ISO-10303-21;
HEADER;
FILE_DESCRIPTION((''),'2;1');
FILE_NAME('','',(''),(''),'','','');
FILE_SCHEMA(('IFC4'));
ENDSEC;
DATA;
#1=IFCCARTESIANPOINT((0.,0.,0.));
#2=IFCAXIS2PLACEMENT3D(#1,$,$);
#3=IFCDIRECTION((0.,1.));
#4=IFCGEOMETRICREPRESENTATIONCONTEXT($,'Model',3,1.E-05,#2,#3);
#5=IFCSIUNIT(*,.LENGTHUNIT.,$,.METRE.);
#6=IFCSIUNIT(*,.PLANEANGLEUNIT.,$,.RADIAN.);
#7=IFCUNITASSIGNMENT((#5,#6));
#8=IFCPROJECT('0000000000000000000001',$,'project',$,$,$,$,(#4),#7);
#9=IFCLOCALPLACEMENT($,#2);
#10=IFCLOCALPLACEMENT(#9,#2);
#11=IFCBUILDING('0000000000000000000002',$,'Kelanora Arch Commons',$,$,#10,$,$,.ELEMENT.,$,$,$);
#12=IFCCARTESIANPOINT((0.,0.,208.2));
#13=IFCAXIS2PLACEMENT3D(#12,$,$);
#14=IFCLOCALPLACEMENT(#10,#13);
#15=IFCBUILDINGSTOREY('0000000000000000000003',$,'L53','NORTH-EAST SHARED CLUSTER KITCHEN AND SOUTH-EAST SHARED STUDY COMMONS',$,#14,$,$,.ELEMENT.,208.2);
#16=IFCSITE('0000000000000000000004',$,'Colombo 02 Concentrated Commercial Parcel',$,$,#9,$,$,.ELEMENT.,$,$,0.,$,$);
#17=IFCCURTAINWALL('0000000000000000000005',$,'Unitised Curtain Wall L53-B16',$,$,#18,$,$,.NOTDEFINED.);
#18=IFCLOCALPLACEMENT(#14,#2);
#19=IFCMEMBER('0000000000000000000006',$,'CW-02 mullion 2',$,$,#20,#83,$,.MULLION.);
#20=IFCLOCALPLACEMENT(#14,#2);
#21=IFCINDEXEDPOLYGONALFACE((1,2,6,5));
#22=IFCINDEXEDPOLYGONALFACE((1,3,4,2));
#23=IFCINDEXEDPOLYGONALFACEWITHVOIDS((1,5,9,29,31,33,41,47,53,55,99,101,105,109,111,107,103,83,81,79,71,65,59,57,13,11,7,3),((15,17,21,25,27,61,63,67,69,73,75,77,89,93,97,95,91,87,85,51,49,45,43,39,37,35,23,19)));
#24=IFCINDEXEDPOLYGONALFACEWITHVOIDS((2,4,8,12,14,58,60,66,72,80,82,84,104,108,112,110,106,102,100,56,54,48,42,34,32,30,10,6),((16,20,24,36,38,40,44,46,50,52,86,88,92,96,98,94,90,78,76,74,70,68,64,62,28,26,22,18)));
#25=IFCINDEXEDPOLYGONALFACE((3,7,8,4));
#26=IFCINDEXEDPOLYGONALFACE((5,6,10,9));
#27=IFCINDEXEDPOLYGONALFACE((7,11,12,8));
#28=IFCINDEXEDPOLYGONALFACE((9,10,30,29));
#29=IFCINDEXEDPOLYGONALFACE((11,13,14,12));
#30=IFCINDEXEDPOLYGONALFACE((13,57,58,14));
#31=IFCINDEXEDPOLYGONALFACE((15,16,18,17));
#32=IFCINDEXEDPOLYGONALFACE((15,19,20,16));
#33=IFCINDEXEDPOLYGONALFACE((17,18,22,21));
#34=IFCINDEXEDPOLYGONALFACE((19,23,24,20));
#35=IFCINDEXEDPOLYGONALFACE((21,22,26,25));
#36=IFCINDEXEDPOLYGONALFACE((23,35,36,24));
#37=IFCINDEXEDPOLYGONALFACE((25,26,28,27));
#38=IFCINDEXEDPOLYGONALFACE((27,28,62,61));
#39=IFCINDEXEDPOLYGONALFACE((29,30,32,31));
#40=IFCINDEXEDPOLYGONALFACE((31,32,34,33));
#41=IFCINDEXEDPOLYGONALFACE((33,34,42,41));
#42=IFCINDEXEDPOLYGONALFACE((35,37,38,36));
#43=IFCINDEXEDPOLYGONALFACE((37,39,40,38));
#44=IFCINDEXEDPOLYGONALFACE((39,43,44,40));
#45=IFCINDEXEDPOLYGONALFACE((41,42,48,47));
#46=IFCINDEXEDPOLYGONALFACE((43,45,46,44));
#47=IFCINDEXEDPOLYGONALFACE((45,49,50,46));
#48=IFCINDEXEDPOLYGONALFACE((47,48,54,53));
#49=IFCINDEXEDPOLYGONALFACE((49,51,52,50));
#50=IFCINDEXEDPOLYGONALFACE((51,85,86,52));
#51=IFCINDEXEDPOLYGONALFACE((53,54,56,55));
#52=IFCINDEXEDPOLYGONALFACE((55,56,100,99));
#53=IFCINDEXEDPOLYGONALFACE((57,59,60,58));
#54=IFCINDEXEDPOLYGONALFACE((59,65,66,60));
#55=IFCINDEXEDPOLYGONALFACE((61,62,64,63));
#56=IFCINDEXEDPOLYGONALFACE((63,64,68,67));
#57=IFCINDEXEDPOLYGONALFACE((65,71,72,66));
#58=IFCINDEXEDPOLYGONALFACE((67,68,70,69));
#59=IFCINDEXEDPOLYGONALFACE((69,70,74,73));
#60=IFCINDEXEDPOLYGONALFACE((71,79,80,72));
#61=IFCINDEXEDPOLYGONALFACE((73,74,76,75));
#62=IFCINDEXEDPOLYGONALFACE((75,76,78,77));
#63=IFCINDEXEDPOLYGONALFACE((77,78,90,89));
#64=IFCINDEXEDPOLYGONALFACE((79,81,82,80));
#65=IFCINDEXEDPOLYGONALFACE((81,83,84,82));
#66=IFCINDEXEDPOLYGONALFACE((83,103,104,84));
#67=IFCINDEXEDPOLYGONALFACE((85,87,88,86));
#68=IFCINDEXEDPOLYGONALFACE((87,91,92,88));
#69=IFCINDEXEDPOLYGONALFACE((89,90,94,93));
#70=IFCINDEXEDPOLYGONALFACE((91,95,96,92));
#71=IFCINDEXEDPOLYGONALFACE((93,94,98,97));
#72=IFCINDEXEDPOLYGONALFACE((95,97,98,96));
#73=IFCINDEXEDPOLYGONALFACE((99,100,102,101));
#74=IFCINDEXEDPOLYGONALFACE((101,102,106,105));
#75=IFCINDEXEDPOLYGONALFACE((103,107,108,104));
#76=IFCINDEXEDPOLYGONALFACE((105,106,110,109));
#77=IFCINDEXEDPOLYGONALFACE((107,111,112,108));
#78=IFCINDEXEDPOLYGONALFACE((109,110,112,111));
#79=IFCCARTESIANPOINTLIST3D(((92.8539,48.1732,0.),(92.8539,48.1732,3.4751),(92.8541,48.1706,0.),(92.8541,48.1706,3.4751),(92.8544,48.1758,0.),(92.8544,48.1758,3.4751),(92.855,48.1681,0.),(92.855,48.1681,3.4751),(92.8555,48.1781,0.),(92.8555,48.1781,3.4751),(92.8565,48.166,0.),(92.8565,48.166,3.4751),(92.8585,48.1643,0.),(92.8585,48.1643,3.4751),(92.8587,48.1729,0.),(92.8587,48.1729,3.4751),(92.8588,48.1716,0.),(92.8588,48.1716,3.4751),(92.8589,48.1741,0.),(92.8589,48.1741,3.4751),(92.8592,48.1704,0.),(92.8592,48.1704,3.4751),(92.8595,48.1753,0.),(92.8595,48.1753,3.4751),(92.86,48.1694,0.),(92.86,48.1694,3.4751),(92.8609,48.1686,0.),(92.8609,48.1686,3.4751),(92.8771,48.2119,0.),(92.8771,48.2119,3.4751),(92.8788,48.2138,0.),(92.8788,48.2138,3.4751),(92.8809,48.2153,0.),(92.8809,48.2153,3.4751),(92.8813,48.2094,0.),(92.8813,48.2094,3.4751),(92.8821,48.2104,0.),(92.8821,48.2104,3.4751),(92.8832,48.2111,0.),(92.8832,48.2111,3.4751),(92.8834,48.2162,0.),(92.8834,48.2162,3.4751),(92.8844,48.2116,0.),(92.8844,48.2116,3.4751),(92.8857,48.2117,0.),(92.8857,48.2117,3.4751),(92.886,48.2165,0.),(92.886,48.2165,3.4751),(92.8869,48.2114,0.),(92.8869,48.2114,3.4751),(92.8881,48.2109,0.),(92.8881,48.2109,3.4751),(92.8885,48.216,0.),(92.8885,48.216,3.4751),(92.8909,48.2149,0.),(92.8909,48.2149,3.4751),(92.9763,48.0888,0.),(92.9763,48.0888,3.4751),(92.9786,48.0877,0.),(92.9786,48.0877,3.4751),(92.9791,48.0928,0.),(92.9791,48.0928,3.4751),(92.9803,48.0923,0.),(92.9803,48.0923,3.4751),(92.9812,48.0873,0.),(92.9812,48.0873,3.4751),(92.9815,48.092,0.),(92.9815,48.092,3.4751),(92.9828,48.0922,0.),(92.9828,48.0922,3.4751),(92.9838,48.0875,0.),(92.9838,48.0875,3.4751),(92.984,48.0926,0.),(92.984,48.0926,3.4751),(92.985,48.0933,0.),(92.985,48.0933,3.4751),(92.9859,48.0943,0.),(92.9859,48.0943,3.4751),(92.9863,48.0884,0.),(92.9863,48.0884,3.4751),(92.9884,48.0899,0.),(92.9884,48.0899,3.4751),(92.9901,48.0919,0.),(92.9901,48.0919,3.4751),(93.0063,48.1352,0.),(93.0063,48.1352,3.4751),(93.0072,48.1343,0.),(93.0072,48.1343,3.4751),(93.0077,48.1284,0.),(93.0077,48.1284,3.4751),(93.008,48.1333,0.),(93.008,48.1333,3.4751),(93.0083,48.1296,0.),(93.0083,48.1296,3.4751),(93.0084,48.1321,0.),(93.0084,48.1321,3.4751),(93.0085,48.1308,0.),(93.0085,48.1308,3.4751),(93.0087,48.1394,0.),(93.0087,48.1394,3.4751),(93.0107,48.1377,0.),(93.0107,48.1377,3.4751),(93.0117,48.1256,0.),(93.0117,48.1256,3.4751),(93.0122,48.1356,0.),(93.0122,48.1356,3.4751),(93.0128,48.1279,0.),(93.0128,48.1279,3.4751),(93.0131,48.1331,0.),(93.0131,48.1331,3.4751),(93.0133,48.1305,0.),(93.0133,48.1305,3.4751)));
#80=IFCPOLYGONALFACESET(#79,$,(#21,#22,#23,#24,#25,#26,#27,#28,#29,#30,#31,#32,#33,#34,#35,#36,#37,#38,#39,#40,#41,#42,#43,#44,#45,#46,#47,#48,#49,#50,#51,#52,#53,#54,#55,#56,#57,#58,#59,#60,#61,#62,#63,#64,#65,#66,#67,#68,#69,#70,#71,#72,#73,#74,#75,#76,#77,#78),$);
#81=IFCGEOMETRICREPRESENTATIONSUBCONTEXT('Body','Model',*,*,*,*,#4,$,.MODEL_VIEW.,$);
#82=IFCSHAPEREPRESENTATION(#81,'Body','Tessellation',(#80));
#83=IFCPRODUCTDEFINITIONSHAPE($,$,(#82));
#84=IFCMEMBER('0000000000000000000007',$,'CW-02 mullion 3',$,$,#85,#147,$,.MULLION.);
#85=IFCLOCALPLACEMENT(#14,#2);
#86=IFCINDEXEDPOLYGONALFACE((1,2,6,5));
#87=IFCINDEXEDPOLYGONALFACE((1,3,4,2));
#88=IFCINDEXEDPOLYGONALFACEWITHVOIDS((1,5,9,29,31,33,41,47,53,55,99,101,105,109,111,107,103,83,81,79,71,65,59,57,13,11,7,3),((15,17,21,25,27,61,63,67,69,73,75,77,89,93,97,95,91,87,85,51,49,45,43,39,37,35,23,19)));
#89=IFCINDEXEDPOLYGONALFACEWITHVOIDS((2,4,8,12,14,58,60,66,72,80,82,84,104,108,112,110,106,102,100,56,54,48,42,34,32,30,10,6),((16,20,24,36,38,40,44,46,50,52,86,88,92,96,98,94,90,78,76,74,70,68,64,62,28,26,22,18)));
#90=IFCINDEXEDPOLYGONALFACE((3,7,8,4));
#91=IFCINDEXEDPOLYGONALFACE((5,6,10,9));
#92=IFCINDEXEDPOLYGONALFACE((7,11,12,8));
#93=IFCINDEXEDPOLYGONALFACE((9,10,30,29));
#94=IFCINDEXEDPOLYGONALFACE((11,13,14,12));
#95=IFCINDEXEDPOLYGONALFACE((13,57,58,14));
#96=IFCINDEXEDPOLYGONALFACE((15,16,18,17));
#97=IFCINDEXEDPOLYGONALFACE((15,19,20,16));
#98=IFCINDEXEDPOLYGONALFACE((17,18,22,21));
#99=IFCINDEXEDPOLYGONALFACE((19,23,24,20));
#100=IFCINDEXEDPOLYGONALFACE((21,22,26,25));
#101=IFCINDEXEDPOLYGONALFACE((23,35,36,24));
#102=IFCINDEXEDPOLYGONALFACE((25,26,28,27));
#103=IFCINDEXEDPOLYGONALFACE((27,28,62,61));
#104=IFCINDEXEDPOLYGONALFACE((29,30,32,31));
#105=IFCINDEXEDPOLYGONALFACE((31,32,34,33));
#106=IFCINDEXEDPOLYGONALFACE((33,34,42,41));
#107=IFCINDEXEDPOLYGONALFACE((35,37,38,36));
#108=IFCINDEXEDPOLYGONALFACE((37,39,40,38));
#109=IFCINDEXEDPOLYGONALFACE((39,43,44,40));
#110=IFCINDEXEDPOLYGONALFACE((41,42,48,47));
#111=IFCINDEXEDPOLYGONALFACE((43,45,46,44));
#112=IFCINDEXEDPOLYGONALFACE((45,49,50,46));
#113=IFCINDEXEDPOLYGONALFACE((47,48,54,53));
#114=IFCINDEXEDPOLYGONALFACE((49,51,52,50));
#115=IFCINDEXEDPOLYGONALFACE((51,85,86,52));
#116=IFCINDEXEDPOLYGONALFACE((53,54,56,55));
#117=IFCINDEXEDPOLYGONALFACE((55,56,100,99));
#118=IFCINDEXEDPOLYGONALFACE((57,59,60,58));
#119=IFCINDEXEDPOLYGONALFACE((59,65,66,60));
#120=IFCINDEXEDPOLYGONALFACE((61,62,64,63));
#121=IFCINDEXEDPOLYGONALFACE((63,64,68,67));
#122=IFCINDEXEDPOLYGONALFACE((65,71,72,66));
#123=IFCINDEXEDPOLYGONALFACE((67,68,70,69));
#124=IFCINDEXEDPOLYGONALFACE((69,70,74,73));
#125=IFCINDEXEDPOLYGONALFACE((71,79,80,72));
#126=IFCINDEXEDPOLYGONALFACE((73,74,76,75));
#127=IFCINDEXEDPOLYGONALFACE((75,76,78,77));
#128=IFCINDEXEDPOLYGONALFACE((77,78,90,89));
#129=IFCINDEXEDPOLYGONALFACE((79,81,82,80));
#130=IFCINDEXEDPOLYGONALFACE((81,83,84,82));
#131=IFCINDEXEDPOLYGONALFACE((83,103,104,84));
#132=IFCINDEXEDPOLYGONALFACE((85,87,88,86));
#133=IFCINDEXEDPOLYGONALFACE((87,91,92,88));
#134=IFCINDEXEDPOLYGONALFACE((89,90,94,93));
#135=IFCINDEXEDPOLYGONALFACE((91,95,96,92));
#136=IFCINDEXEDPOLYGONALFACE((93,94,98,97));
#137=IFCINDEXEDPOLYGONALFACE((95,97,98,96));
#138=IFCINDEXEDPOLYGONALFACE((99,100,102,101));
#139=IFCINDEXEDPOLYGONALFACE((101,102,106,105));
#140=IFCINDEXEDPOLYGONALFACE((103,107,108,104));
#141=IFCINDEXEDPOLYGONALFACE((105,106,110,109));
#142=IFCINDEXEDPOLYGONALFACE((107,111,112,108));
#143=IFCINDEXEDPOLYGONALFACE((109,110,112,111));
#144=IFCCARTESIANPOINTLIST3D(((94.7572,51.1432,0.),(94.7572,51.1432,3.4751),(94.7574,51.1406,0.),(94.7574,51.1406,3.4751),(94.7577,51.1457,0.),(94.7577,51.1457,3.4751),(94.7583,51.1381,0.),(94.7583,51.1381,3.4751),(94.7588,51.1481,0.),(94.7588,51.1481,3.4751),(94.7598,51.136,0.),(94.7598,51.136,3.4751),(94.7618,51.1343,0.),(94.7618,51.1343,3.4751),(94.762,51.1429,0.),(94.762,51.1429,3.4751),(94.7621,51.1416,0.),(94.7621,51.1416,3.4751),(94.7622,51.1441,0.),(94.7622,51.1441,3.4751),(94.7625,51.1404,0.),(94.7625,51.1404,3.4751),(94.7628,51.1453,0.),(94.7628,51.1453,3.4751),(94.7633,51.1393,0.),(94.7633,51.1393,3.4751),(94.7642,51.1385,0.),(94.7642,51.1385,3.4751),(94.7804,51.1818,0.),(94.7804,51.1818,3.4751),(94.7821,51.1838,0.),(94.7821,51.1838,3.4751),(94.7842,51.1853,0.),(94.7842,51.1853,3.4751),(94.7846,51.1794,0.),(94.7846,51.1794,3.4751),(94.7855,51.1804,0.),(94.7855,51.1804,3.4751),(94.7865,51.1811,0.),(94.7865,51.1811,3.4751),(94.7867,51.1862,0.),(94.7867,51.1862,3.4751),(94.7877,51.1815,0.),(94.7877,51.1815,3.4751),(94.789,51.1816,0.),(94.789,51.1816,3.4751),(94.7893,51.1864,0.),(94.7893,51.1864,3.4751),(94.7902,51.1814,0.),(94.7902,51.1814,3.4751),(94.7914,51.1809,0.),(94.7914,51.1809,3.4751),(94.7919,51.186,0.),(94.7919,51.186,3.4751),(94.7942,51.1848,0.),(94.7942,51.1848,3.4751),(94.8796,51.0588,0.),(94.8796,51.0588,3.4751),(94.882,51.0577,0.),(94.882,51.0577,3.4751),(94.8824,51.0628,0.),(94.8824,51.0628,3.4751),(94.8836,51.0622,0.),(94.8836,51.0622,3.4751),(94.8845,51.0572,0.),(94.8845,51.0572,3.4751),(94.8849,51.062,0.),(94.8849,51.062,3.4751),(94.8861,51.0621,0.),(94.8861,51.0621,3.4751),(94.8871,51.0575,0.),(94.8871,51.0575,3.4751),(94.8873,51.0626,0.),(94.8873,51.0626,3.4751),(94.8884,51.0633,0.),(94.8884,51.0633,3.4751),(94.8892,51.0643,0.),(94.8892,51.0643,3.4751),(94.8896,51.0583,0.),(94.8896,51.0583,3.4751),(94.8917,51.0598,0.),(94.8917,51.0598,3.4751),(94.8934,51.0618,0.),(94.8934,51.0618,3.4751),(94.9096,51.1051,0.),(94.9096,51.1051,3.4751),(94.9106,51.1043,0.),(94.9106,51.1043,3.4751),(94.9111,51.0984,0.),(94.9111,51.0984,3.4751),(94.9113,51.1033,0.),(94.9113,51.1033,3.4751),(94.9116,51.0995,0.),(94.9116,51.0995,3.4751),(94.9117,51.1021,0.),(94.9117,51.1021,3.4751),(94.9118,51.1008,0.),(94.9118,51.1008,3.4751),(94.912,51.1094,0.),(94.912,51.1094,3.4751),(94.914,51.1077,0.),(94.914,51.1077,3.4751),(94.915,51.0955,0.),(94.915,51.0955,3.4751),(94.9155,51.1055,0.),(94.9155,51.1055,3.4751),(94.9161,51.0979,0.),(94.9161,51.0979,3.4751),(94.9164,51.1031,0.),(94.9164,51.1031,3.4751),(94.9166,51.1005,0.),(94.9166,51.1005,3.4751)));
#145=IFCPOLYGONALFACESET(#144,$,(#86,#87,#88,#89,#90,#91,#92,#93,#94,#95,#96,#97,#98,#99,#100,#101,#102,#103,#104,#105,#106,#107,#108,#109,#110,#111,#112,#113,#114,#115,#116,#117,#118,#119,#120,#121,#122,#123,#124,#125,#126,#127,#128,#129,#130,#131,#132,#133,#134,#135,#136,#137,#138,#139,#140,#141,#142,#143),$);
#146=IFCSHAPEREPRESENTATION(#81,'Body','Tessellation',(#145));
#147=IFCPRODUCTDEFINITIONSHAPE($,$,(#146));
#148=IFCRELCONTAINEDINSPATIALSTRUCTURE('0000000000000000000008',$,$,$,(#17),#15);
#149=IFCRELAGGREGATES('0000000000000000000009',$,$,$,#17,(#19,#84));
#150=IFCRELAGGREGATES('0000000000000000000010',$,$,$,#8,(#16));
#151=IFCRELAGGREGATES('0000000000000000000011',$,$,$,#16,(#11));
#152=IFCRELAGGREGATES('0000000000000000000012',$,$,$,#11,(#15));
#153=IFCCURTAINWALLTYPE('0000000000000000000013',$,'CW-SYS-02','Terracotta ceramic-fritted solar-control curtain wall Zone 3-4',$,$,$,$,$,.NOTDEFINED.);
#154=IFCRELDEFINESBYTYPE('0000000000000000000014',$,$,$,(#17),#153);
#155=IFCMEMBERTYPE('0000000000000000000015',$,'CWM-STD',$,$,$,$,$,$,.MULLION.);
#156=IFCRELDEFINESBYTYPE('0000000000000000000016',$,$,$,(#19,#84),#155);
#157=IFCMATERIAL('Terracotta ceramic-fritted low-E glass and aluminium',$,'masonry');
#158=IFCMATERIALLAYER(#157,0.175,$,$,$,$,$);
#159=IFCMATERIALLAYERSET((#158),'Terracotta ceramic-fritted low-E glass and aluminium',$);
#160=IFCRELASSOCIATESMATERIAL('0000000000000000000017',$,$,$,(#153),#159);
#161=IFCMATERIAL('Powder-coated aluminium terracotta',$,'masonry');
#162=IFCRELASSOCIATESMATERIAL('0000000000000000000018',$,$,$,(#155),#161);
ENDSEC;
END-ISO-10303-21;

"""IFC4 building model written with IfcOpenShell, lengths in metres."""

from ifc_helpers import new_model, si_unit, direction, frame, origin, origin_2d, place, context, subcontext, project, spatial, hollow_rectangle, extrude, material, layer, layer_set, material_profile, profile_set, type_object, element, aggregate, save


model = new_model("IFC4")

# Units and contexts
model_context = context("Model", 3, precision=1e-05, world=origin(), true_north=direction((0.0, 1.0)))
body_context = subcontext(model_context, "Body", "Model", "MODEL_VIEW")
ifc_project = project(units=[si_unit("LENGTHUNIT", "METRE"), si_unit("PLANEANGLEUNIT", "RADIAN")], contexts=[model_context])

# Site, building, storey
site_placement = place(None, origin())
site = spatial("IfcSite", under=ifc_project, at=site_placement, Name="Colombo 02 Concentrated Commercial Parcel", CompositionType="ELEMENT", RefElevation=0.0)
building_placement = place(site_placement, origin())
building = spatial("IfcBuilding", under=site, at=building_placement, Name="Kelanora Arch Commons", CompositionType="ELEMENT")
storey_placement = place(building_placement, frame((0.0, 0.0, 208.2)))
storey = spatial("IfcBuildingStorey", under=building, at=storey_placement, Name="L53", Description="NORTH-EAST SHARED CLUSTER KITCHEN AND SOUTH-EAST SHARED STUDY COMMONS", CompositionType="ELEMENT", Elevation=208.2)

# Curtain wall, members
ifc_material_1 = material(Name="Terracotta ceramic-fritted low-E glass and aluminium", Category="masonry")
ifc_layer_1 = layer(ifc_material_1, 0.175)
ifc_layer_set_1 = layer_set([ifc_layer_1], Name="Terracotta ceramic-fritted low-E glass and aluminium")
curtain_wall_type = type_object("IfcCurtainWallType", Name="CW-SYS-02", Description="Terracotta ceramic-fritted solar-control curtain wall Zone 3-4", PredefinedType="NOTDEFINED", material=ifc_layer_set_1)
curtain_wall_placement = place(storey_placement, origin())
curtain_wall = element("IfcCurtainWall", 1, at=curtain_wall_placement, inside=storey, type_object=curtain_wall_type, Name="Unitised Curtain Wall L53-B16", PredefinedType="NOTDEFINED")
ifc_material_2 = material(Name="Powder-coated aluminium terracotta", Category="masonry")
ifc_material_profile_1 = material_profile(ifc_material_2, hollow_rectangle(XDim=0.1599, YDim=0.0601, WallThickness=0.0049, InnerFilletRadius=0.0049, OuterFilletRadius=0.01, at=origin_2d()), Name="CWM160x60")
ifc_profile_set_1 = profile_set([ifc_material_profile_1], Name="Powder-coated aluminium terracotta")
member_type_1 = type_object("IfcMemberType", Name="CWM-STD", PredefinedType="MULLION", material=ifc_profile_set_1)
member_1_placement = place(storey_placement, frame((92.9336, 48.1519, 0.0), z_axis=(0.0, 0.0, 1.0), x_axis=(-0.841948, 0.539559, 0.0)))
member_1 = element("IfcMember", 2, at=member_1_placement, type_object=member_type_1, Name="CW-02 mullion 2", PredefinedType="MULLION", context=body_context, shape_type="SweptSolid", body=[
    extrude(hollow_rectangle(XDim=0.1599, YDim=0.0601, WallThickness=0.0049, InnerFilletRadius=0.0049, OuterFilletRadius=0.01, at=origin_2d()), origin(), (0.0, 0.0, 1.0), 3.4751),
])
member_2_placement = place(storey_placement, frame((94.8369, 51.1218, 0.0), z_axis=(0.0, 0.0, 1.0), x_axis=(-0.841948, 0.539559, 0.0)))
member_2 = element("IfcMember", 3, at=member_2_placement, type_object=member_type_1, Name="CW-02 mullion 3", PredefinedType="MULLION", context=body_context, shape_type="SweptSolid", body=[
    extrude(hollow_rectangle(XDim=0.1599, YDim=0.0601, WallThickness=0.0049, InnerFilletRadius=0.0049, OuterFilletRadius=0.01, at=origin_2d()), origin(), (0.0, 0.0, 1.0), 3.4751),
])
aggregate(curtain_wall, [member_1, member_2])

save(model, "model.ifc")
